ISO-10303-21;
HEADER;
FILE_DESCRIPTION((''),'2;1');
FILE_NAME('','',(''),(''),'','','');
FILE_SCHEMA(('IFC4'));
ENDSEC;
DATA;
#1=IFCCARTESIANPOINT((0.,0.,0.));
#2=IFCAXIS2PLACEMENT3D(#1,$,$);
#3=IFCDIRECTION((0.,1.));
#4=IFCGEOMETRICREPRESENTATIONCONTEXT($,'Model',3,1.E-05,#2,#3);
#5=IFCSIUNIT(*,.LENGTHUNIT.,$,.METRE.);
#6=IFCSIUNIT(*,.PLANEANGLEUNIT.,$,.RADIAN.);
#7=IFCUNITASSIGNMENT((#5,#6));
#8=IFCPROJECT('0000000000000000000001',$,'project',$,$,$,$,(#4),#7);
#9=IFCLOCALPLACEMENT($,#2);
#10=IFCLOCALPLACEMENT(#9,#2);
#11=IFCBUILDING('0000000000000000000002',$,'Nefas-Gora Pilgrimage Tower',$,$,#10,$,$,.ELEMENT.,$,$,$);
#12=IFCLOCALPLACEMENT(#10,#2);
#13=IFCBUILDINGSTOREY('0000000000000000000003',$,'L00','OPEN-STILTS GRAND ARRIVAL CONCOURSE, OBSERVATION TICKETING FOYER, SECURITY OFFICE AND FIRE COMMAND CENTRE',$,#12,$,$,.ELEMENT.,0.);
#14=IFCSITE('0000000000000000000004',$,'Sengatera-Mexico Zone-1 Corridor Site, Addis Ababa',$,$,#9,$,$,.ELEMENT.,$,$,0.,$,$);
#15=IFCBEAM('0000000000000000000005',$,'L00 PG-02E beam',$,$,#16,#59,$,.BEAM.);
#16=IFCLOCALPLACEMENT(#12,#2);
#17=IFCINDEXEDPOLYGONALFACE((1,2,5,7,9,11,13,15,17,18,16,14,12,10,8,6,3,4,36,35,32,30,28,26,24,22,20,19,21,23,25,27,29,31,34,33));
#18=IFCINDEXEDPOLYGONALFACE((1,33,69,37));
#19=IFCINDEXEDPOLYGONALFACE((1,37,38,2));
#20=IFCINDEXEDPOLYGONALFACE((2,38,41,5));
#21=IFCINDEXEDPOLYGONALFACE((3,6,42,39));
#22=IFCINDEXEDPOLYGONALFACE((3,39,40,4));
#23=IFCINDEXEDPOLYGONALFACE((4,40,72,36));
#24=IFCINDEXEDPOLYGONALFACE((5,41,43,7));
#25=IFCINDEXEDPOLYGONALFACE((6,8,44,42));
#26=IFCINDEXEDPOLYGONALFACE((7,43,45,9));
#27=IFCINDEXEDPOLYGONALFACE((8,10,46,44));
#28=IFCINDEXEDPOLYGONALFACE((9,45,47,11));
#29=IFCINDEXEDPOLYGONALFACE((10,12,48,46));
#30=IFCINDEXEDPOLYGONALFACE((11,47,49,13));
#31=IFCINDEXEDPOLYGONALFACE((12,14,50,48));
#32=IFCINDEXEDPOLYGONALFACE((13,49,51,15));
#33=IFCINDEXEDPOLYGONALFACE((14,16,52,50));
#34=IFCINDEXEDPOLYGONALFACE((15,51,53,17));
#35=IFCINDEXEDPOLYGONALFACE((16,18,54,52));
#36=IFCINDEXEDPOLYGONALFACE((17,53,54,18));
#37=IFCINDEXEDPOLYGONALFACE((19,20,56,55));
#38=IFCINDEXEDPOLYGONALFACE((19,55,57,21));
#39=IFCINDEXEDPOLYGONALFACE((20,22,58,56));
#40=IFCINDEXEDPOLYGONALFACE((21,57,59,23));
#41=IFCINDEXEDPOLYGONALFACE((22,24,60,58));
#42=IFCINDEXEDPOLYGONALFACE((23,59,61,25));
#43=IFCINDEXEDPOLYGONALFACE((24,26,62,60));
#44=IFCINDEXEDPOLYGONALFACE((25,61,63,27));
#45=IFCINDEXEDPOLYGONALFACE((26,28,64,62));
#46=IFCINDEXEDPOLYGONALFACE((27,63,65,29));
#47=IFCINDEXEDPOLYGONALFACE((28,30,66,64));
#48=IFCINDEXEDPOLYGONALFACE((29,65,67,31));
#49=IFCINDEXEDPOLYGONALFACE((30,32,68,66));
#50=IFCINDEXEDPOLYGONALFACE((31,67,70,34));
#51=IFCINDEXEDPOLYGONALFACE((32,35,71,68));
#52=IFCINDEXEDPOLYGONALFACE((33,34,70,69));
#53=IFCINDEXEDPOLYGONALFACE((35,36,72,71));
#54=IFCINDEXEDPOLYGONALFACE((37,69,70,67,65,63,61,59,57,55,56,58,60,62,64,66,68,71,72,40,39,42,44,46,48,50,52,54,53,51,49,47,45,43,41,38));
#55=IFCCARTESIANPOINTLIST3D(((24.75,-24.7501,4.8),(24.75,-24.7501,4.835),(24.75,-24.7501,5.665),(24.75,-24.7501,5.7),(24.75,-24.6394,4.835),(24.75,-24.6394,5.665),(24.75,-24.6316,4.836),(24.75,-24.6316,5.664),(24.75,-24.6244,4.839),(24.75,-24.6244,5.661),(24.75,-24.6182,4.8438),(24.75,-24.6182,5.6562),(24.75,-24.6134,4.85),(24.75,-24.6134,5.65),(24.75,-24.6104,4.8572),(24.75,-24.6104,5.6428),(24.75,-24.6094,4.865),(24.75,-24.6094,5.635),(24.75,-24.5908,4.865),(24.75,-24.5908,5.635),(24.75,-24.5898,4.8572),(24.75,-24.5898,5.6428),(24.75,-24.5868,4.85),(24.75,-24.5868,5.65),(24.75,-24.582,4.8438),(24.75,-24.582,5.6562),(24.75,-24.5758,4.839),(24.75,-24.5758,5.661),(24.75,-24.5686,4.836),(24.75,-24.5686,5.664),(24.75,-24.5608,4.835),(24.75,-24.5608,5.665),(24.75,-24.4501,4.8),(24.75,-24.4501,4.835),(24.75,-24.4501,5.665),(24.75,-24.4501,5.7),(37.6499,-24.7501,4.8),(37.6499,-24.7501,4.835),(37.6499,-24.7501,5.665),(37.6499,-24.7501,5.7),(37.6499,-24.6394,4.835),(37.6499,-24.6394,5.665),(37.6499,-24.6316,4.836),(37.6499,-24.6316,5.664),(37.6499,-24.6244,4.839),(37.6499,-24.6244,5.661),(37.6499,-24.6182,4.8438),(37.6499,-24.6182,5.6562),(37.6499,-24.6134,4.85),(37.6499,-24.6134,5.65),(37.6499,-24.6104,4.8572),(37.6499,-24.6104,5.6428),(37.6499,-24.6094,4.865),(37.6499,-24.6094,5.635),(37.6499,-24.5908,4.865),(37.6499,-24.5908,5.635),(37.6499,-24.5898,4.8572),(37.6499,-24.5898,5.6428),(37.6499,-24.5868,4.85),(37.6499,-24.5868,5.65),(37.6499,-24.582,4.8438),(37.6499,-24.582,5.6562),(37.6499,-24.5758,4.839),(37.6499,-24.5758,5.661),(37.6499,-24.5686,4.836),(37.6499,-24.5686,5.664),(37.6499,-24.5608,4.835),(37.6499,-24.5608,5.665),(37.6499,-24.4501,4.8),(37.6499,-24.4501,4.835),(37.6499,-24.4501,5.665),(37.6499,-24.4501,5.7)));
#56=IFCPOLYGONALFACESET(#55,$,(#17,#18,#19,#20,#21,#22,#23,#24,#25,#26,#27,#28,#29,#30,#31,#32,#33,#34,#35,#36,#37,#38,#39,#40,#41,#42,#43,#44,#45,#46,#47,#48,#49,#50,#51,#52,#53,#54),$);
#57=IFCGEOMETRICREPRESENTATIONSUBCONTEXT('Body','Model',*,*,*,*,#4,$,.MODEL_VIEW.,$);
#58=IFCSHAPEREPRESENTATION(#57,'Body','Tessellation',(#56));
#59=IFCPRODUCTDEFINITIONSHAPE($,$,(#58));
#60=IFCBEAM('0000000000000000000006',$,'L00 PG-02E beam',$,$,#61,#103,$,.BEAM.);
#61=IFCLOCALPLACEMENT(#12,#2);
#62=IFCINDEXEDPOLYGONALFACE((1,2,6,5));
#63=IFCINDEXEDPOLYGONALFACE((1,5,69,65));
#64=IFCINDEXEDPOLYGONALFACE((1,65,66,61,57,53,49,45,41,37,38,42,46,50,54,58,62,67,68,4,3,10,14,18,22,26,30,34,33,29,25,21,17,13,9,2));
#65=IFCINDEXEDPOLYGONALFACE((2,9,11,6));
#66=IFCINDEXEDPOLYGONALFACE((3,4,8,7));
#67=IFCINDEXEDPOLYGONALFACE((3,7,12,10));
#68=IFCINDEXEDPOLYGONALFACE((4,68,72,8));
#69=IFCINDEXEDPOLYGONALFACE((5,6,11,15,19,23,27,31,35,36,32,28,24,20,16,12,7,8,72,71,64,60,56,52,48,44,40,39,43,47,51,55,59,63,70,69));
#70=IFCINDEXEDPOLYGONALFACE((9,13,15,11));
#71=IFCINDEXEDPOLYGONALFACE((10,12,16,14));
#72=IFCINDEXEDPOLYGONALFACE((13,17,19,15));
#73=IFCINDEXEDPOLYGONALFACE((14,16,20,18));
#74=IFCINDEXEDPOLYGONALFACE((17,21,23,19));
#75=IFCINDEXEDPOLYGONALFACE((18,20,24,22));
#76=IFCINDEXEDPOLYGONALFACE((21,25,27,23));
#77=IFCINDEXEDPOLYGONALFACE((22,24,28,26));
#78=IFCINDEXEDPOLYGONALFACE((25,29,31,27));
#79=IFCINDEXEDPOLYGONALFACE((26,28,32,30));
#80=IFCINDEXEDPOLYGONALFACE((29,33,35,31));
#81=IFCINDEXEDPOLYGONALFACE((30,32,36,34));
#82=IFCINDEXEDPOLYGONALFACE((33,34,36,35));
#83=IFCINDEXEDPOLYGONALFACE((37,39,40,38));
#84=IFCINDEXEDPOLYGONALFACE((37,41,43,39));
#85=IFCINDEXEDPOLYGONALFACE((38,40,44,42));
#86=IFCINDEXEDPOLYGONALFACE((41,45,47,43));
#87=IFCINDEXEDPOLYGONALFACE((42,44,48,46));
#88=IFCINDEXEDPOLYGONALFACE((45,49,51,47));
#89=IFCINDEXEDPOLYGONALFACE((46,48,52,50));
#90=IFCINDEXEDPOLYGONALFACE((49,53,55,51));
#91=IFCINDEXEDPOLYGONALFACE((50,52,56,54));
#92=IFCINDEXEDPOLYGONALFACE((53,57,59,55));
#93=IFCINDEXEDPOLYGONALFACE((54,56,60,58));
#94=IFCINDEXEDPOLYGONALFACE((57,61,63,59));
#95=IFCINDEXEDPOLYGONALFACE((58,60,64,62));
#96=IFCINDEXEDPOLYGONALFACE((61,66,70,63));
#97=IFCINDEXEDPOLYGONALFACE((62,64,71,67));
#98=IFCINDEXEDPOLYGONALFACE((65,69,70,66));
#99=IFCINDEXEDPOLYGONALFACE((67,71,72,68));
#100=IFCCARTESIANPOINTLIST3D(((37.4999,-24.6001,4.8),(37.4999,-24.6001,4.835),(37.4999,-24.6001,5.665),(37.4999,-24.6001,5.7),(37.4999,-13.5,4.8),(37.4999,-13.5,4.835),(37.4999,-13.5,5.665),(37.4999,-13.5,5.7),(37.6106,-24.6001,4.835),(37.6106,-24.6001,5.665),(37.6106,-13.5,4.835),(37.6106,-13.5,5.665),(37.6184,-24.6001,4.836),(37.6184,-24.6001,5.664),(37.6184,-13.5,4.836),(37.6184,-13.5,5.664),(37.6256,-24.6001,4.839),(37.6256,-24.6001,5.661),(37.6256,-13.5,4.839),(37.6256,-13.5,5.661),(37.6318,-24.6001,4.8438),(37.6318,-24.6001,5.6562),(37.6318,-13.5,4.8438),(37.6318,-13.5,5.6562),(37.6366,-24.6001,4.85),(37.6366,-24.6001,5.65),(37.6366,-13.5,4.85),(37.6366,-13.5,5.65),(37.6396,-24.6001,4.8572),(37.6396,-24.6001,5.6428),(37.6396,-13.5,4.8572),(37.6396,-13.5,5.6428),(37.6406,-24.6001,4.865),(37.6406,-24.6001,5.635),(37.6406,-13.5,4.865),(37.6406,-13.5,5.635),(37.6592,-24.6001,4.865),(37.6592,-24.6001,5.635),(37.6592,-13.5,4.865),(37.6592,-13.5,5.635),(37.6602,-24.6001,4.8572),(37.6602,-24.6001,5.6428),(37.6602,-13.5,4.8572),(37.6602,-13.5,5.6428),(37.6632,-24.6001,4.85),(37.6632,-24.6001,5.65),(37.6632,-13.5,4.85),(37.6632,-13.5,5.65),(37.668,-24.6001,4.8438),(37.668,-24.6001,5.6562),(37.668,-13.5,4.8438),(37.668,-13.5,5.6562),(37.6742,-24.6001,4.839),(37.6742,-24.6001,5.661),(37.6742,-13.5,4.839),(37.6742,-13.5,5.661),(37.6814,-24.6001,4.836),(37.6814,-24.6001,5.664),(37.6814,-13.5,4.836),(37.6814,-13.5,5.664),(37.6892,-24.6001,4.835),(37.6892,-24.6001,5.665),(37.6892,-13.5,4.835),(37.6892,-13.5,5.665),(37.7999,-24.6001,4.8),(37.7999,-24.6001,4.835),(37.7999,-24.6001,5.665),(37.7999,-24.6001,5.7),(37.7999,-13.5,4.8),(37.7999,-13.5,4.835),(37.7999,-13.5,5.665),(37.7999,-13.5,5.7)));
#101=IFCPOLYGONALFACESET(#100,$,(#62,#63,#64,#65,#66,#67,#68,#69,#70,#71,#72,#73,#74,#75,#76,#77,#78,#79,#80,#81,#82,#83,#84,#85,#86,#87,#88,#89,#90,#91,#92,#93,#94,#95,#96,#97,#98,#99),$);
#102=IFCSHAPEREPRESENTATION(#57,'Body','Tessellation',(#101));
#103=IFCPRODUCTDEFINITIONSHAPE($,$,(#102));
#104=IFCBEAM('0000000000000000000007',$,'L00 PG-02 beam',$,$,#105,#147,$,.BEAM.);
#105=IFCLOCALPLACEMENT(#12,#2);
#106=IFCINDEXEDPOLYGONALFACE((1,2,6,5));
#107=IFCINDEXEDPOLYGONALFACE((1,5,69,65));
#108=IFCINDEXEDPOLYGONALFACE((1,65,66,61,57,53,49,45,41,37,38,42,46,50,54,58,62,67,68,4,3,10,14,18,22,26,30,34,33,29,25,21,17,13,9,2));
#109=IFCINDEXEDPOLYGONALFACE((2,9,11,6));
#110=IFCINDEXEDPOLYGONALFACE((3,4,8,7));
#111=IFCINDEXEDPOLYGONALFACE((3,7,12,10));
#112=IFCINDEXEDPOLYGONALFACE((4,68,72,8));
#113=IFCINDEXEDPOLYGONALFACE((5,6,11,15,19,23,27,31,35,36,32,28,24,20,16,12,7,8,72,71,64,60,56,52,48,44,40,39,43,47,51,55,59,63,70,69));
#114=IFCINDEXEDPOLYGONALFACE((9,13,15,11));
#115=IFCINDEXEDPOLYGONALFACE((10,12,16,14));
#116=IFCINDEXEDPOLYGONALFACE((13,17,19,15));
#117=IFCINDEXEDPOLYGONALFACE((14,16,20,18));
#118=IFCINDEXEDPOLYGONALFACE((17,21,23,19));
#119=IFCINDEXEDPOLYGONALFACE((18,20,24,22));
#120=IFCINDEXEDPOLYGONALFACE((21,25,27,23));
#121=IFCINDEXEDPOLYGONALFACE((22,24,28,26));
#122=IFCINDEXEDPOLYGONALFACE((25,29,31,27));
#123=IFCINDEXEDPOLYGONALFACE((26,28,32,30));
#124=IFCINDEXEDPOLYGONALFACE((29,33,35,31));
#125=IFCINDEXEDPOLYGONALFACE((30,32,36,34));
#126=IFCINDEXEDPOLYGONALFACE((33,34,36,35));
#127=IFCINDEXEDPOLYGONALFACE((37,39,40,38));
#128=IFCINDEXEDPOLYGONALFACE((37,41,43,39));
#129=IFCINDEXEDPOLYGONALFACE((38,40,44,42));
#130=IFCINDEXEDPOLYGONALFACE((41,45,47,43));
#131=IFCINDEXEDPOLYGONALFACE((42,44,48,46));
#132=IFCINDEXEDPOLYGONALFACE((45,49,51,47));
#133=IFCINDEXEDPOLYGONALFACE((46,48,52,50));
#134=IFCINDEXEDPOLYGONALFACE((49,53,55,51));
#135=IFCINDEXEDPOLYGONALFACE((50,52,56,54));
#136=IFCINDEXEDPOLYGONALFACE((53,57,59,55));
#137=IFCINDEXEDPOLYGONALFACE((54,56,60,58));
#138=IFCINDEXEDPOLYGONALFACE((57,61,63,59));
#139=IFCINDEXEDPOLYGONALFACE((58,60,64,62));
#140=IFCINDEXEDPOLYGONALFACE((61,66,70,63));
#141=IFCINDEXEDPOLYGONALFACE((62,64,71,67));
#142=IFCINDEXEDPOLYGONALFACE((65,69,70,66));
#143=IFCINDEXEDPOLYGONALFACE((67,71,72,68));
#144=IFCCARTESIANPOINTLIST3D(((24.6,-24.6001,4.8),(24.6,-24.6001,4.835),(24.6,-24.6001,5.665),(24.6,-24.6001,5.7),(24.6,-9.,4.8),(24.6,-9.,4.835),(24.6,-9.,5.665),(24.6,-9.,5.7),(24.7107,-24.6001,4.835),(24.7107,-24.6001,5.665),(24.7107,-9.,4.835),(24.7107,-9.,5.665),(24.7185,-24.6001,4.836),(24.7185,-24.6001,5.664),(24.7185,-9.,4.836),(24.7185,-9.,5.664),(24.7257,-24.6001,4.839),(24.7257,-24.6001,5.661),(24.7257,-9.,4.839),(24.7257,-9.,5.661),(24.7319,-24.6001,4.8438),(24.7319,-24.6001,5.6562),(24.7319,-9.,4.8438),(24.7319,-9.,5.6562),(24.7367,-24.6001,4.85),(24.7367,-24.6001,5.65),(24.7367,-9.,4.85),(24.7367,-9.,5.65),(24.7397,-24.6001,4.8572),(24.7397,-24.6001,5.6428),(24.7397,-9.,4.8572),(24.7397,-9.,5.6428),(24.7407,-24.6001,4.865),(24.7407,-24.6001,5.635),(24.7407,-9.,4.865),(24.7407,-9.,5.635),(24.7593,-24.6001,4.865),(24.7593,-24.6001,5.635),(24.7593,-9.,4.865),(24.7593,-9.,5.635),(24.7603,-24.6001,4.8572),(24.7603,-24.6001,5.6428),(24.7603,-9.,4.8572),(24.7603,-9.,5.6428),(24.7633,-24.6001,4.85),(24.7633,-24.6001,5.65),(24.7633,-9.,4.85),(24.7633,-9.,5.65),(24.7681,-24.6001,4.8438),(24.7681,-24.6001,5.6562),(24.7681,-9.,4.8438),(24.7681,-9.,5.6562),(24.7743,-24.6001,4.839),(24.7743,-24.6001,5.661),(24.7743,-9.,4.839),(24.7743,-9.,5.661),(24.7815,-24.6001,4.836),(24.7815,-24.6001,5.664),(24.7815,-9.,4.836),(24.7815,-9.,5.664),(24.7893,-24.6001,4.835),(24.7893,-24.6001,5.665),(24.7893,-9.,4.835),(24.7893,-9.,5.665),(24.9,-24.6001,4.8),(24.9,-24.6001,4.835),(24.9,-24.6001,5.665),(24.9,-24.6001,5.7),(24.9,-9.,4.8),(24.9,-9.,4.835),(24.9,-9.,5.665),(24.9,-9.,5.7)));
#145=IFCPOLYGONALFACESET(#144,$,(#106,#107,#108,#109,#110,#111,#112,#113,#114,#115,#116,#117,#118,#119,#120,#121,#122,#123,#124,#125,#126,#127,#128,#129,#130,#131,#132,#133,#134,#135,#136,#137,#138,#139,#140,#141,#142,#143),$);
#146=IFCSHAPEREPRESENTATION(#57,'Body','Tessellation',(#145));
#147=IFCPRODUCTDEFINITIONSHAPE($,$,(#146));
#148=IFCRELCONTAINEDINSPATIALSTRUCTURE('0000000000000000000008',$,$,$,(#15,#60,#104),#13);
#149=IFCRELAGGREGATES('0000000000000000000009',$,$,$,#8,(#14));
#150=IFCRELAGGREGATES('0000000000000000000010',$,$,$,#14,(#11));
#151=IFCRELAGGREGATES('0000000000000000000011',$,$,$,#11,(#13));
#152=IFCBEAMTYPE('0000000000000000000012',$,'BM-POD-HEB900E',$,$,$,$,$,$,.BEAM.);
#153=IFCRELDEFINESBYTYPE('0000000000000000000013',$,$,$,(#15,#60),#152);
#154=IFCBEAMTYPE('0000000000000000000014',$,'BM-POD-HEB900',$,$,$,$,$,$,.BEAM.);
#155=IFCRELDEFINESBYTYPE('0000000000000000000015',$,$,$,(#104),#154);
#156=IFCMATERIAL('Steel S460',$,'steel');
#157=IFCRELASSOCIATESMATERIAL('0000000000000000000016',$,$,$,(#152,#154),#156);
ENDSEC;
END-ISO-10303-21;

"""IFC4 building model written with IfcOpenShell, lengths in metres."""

from ifc_helpers import new_model, si_unit, direction, frame, origin, origin_2d, place, context, subcontext, project, spatial, i_section, extrude, source, transform, mapped, material, material_profile, profile_set, type_object, element, save


model = new_model("IFC4")

# Units and contexts
model_context = context("Model", 3, precision=1e-05, world=origin(), true_north=direction((0.0, 1.0)))
body_context = subcontext(model_context, "Body", "Model", "MODEL_VIEW")
ifc_project = project(units=[si_unit("LENGTHUNIT", "METRE"), si_unit("PLANEANGLEUNIT", "RADIAN")], contexts=[model_context])

# Site, building, storey
site_placement = place(None, origin())
site = spatial("IfcSite", under=ifc_project, at=site_placement, Name="Sengatera-Mexico Zone-1 Corridor Site, Addis Ababa", CompositionType="ELEMENT", RefElevation=0.0)
building_placement = place(site_placement, origin())
building = spatial("IfcBuilding", under=site, at=building_placement, Name="Nefas-Gora Pilgrimage Tower", CompositionType="ELEMENT")
storey_placement = place(building_placement, origin())
storey = spatial("IfcBuildingStorey", under=building, at=storey_placement, Name="L00", Description="OPEN-STILTS GRAND ARRIVAL CONCOURSE, OBSERVATION TICKETING FOYER, SECURITY OFFICE AND FIRE COMMAND CENTRE", CompositionType="ELEMENT", Elevation=0.0)

# Shared definitions
ifc_material_1 = material(Name="Steel S460", Category="steel")

# Beams
ifc_material_profile_1 = material_profile(ifc_material_1, i_section(OverallWidth=0.3, OverallDepth=0.8999, WebThickness=0.0186, FlangeThickness=0.0349, FilletRadius=0.03, at=origin_2d()), Name="HEB 900")
ifc_profile_set_1 = profile_set([ifc_material_profile_1], Name="Steel S460")
beam_type_1 = type_object("IfcBeamType", Name="BM-POD-HEB900E", PredefinedType="BEAM", material=ifc_profile_set_1)
shared_shape_1 = source(origin(), body_context, "Body", "SweptSolid", [
    extrude(i_section(OverallWidth=0.3, OverallDepth=0.8999, WebThickness=0.0186, FlangeThickness=0.0349, FilletRadius=0.03, at=origin_2d()), origin(), (0.0, 0.0, 1.0), 12.8999),
])
beam_1_placement = place(storey_placement, frame((24.75, -24.6001, 5.25), z_axis=(1.0, 0.0, 0.0), x_axis=(0.0, 1.0, 0.0)))
element("IfcBeam", 1, at=beam_1_placement, inside=storey, type_object=beam_type_1, Name="L00 PG-02E beam", PredefinedType="BEAM", context=body_context, shape_type="MappedRepresentation", body=[
    mapped(shared_shape_1, transform((0.0, 0.0, 0.0), x_axis=(1.0, 0.0, 0.0), y_axis=(0.0, 1.0, 0.0), z_axis=(0.0, 0.0, 1.0), scale=1.0)),
])
shared_shape_2 = source(origin(), body_context, "Body", "SweptSolid", [
    extrude(i_section(OverallWidth=0.3, OverallDepth=0.8999, WebThickness=0.0186, FlangeThickness=0.0349, FilletRadius=0.03, at=origin_2d()), origin(), (0.0, 0.0, 1.0), 11.1001),
])
beam_2_placement = place(storey_placement, frame((37.6499, -24.6001, 5.25), z_axis=(0.0, 1.0, 0.0), x_axis=(-1.0, 0.0, 0.0)))
element("IfcBeam", 2, at=beam_2_placement, inside=storey, type_object=beam_type_1, Name="L00 PG-02E beam", PredefinedType="BEAM", context=body_context, shape_type="MappedRepresentation", body=[
    mapped(shared_shape_2, transform((0.0, 0.0, 0.0), x_axis=(1.0, 0.0, 0.0), y_axis=(0.0, 1.0, 0.0), z_axis=(0.0, 0.0, 1.0), scale=1.0)),
])
ifc_material_profile_2 = material_profile(ifc_material_1, i_section(OverallWidth=0.3, OverallDepth=0.8999, WebThickness=0.0186, FlangeThickness=0.0349, FilletRadius=0.03, at=origin_2d()), Name="HEB 900")
ifc_profile_set_2 = profile_set([ifc_material_profile_2], Name="Steel S460")
beam_type_2 = type_object("IfcBeamType", Name="BM-POD-HEB900", PredefinedType="BEAM", material=ifc_profile_set_2)
shared_shape_3 = source(origin(), body_context, "Body", "SweptSolid", [
    extrude(i_section(OverallWidth=0.3, OverallDepth=0.8999, WebThickness=0.0186, FlangeThickness=0.0349, FilletRadius=0.03, at=origin_2d()), origin(), (0.0, 0.0, 1.0), 15.6001),
])
beam_3_placement = place(storey_placement, frame((24.75, -24.6001, 5.25), z_axis=(0.0, 1.0, 0.0), x_axis=(-1.0, 0.0, 0.0)))
element("IfcBeam", 3, at=beam_3_placement, inside=storey, type_object=beam_type_2, Name="L00 PG-02 beam", PredefinedType="BEAM", context=body_context, shape_type="MappedRepresentation", body=[
    mapped(shared_shape_3, transform((0.0, 0.0, 0.0), x_axis=(1.0, 0.0, 0.0), y_axis=(0.0, 1.0, 0.0), z_axis=(0.0, 0.0, 1.0), scale=1.0)),
])

save(model, "model.ifc")
